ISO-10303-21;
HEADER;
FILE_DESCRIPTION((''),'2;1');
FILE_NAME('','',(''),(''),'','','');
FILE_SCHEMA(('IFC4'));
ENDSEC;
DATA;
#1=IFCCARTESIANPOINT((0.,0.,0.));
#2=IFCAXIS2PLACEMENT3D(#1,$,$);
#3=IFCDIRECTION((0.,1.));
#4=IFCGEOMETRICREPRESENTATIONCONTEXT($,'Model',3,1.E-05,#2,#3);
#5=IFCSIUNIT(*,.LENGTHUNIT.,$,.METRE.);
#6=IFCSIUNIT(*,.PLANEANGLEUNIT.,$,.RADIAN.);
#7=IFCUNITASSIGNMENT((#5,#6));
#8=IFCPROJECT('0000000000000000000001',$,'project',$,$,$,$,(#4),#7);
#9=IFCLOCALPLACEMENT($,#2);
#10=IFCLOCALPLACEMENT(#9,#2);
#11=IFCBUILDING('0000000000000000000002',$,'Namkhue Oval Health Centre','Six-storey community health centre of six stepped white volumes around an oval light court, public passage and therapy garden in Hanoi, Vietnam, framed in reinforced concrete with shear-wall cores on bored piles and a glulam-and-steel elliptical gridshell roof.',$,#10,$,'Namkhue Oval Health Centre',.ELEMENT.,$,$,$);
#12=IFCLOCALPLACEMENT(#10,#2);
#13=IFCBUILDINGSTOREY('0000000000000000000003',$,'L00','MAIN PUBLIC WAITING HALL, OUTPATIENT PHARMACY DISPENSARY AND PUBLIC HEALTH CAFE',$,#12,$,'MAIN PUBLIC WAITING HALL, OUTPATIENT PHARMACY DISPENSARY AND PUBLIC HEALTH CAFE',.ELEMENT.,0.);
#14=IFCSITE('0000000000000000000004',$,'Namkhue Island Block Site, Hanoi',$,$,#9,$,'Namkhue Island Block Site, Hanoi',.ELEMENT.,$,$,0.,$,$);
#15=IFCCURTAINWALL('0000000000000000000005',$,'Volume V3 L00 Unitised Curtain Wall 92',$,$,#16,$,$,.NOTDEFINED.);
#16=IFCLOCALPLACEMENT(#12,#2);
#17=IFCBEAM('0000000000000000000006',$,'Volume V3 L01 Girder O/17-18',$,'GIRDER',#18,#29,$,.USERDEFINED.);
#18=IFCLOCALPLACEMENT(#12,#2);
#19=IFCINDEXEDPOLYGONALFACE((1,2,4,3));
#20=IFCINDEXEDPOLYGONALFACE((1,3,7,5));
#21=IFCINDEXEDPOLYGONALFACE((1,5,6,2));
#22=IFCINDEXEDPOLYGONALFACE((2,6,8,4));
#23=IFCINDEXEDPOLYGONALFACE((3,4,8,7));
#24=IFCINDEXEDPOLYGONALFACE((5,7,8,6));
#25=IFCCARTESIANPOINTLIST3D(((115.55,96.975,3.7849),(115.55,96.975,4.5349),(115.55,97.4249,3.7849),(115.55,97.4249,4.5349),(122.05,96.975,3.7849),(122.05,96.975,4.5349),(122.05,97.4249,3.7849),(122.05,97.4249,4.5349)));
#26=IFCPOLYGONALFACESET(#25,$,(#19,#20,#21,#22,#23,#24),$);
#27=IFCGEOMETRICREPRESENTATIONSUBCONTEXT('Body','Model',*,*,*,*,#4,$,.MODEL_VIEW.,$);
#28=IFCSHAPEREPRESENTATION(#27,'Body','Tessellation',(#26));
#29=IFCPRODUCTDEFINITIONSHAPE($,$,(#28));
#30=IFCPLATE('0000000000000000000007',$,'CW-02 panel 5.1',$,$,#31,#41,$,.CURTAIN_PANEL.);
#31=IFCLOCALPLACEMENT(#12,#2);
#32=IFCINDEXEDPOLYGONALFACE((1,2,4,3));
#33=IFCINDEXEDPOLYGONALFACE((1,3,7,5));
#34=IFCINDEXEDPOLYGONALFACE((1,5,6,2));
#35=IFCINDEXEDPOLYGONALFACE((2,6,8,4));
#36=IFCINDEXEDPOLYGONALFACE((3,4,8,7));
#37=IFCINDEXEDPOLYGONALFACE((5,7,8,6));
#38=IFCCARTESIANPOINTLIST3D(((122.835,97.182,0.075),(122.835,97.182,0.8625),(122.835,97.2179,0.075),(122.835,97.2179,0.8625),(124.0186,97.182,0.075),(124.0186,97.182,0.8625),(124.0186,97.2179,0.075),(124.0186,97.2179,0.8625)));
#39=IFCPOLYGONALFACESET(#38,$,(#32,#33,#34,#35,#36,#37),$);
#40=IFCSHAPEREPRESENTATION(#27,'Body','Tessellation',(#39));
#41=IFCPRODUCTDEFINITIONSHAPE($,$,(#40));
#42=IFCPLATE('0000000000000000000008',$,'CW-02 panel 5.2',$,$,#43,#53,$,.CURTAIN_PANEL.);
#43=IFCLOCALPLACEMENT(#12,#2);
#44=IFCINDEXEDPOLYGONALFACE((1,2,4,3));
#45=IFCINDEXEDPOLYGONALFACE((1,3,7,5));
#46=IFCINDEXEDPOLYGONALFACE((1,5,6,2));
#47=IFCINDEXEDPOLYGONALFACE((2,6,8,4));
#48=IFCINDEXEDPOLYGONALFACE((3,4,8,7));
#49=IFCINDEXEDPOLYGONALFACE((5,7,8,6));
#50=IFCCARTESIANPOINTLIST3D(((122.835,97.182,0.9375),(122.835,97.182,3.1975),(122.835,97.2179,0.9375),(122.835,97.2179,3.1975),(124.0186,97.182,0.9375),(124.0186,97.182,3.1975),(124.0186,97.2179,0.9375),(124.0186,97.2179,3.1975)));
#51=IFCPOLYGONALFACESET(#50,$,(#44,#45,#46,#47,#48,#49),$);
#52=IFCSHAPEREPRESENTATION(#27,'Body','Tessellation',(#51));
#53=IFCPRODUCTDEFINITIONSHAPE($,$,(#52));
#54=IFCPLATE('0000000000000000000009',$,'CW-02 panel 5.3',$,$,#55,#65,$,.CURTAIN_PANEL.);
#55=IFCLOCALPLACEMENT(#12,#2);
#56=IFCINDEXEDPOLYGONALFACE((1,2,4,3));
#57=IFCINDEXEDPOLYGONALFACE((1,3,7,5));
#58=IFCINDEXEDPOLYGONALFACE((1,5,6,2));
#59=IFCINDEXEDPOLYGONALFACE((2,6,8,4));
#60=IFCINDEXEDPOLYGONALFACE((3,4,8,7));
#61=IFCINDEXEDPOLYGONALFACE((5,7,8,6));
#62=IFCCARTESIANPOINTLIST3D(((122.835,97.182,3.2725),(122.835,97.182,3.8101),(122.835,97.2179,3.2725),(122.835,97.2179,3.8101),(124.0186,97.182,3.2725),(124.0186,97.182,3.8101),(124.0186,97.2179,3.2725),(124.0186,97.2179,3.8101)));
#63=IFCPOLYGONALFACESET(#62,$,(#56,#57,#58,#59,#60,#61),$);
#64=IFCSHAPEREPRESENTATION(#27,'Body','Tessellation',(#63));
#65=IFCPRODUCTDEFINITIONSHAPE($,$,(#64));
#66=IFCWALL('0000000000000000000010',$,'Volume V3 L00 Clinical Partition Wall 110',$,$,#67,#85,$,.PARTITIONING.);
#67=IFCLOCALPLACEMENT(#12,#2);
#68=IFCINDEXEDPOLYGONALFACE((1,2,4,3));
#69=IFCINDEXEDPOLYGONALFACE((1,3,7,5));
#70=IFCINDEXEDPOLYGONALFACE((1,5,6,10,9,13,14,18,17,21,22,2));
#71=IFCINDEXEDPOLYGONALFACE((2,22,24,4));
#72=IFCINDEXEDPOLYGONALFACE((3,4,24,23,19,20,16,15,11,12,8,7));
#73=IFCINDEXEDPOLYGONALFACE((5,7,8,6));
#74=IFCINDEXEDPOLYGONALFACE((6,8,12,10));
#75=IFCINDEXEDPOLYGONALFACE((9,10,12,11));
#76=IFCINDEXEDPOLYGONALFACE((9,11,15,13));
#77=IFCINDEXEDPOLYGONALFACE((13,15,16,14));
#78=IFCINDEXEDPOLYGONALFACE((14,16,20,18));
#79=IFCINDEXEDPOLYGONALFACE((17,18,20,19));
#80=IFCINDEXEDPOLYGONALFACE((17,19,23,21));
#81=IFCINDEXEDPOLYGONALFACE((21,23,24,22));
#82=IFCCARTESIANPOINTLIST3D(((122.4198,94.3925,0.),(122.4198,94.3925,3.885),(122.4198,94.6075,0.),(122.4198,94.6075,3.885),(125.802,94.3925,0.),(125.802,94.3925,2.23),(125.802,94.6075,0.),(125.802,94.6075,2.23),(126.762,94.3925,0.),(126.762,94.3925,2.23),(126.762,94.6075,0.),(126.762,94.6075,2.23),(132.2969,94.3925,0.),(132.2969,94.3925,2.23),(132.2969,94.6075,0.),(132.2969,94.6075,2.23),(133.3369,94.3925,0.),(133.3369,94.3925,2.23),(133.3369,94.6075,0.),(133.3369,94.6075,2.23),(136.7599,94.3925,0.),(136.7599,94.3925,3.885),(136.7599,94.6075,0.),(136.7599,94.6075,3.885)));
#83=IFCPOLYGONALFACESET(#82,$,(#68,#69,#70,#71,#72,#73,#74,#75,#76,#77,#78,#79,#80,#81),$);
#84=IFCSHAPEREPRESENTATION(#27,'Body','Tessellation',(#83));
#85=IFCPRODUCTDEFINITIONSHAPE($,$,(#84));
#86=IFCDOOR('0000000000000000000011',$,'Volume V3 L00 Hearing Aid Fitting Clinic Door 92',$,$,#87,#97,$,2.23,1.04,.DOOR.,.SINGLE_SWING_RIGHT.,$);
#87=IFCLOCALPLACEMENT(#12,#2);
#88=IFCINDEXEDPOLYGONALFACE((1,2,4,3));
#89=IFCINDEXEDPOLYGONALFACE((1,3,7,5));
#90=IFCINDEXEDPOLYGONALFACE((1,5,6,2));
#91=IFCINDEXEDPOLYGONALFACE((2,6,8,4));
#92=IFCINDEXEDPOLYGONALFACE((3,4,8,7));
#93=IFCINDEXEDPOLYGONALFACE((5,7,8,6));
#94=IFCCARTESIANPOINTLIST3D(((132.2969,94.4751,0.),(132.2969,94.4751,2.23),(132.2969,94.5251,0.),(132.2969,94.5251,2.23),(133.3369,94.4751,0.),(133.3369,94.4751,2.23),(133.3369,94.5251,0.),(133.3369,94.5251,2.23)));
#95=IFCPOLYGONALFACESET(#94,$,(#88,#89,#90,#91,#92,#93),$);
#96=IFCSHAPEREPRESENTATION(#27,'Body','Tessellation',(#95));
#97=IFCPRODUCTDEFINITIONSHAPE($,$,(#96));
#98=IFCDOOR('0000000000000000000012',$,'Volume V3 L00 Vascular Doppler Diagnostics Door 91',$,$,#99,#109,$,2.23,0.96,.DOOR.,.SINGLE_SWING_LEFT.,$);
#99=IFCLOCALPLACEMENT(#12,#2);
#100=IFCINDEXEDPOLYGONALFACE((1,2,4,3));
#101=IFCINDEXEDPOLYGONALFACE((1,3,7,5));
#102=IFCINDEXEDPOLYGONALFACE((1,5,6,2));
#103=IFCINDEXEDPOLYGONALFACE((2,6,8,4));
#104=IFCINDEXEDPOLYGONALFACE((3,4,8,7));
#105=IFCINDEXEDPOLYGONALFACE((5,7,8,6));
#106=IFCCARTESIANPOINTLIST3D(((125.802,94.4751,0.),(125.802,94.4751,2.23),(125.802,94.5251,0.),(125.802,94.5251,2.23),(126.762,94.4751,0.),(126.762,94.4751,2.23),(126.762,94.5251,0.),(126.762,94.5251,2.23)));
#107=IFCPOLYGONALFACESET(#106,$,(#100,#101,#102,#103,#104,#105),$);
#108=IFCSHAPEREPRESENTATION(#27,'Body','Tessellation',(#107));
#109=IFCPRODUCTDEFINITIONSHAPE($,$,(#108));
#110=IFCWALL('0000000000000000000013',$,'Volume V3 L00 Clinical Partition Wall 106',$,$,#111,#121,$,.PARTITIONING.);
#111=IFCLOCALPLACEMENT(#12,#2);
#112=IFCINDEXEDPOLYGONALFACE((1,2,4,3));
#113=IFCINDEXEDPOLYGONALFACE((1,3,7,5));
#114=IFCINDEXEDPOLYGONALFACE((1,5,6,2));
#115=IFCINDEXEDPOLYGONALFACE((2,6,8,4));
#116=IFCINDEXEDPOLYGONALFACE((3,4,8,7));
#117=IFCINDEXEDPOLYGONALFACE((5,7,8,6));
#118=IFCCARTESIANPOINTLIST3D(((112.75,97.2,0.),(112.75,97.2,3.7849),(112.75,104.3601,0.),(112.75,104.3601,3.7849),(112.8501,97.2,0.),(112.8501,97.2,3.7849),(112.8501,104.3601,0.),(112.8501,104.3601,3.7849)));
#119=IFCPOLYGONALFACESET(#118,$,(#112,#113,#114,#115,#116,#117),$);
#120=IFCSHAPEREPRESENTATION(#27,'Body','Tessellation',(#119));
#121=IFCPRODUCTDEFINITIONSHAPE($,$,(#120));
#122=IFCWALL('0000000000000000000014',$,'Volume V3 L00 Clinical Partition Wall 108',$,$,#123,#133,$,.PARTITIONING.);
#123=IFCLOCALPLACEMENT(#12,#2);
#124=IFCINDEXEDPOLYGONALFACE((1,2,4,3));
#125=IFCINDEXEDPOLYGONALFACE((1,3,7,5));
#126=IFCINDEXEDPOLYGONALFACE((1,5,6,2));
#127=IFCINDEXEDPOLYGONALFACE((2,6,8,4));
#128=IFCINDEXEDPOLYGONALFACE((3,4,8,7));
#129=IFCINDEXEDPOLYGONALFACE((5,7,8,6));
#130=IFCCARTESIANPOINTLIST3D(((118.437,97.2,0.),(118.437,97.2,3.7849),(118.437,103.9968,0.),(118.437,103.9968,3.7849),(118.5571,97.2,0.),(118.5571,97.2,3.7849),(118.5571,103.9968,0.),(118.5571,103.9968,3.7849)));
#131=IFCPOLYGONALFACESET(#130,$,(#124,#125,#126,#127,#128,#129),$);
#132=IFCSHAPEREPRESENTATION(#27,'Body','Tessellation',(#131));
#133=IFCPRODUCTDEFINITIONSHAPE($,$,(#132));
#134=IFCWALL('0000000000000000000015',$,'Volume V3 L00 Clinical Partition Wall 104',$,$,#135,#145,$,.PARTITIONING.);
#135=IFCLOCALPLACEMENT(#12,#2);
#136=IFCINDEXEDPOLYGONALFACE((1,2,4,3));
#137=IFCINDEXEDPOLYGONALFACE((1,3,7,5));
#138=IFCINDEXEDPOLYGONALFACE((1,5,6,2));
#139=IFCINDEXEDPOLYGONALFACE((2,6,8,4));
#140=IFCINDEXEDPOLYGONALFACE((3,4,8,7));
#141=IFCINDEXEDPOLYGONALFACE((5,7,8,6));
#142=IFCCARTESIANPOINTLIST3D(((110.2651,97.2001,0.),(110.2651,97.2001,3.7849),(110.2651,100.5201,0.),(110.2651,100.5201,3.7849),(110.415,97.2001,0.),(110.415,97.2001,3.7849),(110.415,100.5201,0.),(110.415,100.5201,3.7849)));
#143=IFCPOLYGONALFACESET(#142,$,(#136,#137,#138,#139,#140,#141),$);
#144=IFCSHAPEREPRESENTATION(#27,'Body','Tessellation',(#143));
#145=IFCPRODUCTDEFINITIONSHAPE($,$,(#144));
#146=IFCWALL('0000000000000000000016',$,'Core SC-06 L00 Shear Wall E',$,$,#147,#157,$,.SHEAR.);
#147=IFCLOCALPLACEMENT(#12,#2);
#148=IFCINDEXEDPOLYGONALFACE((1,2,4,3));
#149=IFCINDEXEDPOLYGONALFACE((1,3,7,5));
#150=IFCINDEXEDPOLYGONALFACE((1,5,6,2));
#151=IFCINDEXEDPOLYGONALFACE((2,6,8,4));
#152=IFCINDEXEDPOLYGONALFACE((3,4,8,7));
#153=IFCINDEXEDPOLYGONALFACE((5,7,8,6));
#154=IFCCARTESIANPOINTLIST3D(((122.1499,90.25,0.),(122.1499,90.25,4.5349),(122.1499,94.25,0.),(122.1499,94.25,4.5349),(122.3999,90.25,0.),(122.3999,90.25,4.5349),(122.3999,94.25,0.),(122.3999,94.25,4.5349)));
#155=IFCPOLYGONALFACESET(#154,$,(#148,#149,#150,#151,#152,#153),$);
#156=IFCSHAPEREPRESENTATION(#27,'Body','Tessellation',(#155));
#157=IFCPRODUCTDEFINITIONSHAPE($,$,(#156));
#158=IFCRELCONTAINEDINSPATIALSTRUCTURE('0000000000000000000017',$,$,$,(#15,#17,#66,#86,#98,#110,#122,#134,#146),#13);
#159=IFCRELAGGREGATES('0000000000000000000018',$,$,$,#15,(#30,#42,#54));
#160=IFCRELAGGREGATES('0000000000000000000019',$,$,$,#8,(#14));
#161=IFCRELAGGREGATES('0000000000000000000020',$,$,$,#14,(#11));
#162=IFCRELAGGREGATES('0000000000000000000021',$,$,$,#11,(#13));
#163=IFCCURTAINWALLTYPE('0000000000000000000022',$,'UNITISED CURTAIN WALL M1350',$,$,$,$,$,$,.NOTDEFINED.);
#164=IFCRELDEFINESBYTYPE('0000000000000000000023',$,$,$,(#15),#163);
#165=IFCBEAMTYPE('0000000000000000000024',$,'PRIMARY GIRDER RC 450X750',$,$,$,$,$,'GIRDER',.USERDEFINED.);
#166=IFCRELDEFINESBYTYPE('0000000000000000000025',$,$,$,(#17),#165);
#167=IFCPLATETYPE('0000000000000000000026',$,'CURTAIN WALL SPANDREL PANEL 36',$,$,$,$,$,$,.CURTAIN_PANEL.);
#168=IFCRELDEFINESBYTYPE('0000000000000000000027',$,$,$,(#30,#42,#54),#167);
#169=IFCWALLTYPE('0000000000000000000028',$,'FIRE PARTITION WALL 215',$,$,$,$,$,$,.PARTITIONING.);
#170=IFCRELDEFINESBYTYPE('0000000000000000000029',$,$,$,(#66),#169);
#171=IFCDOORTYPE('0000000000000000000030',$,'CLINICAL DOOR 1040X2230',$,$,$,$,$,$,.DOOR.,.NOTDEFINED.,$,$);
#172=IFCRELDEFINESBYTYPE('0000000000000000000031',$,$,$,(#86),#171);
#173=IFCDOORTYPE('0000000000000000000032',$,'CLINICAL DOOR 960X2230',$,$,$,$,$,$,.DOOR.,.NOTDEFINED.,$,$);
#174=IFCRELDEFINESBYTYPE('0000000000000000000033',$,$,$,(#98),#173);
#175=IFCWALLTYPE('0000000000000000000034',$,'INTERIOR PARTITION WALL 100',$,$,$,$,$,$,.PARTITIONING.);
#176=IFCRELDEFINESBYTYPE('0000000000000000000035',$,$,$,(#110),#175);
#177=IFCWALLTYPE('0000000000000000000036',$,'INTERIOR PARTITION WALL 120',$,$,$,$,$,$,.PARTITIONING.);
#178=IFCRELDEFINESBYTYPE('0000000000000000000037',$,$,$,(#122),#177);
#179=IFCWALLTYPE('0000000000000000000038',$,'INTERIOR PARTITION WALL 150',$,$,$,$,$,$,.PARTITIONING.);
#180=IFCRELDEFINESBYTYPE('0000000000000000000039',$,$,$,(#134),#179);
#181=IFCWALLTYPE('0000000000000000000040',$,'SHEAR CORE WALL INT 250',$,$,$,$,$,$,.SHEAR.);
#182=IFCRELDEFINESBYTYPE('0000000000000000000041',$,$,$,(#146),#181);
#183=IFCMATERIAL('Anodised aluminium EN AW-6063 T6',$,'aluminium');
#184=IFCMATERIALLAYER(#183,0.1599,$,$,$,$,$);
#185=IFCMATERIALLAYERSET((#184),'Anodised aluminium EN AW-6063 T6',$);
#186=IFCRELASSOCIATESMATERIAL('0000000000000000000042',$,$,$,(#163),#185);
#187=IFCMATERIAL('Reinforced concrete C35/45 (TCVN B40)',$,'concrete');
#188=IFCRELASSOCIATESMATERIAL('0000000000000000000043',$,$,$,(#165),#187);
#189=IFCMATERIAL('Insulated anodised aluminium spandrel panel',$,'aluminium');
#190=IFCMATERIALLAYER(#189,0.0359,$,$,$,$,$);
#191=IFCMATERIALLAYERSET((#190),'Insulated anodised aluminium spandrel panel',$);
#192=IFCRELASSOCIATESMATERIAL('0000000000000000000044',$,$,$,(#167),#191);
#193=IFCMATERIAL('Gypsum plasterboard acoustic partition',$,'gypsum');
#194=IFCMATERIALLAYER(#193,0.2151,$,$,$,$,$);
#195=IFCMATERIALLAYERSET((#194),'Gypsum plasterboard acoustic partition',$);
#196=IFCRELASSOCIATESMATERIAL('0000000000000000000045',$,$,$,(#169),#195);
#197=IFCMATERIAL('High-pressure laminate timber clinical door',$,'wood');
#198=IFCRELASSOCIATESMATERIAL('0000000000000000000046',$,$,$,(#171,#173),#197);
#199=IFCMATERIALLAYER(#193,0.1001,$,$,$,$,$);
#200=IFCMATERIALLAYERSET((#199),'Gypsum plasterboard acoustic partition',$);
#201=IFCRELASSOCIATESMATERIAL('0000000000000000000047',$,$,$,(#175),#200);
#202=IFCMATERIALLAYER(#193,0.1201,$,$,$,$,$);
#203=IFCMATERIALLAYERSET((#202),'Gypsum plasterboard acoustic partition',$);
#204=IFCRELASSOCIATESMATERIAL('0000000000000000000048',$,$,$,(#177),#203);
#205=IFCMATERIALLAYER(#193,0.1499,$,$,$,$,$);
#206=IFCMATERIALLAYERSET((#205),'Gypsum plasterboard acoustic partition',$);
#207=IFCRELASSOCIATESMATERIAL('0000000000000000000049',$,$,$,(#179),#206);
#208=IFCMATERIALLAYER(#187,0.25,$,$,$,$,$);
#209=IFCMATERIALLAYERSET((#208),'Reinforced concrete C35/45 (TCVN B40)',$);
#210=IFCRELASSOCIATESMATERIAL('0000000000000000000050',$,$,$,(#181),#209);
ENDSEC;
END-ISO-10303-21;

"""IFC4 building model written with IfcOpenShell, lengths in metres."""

from ifc_helpers import new_model, si_unit, direction, frame, frame_2d, origin, origin_2d, place, context, subcontext, project, spatial, rectangle, extrude, material, layer, layer_set, material_profile, profile_set, type_object, element, fill, aggregate, save


model = new_model("IFC4")

# Units and contexts
model_context = context("Model", 3, precision=1e-05, world=origin(), true_north=direction((0.0, 1.0)))
body_context = subcontext(model_context, "Body", "Model", "MODEL_VIEW")
ifc_project = project(units=[si_unit("LENGTHUNIT", "METRE"), si_unit("PLANEANGLEUNIT", "RADIAN")], contexts=[model_context])

# Site, building, storey
site_placement = place(None, origin())
site = spatial("IfcSite", under=ifc_project, at=site_placement, Name="Namkhue Island Block Site, Hanoi", LongName="Namkhue Island Block Site, Hanoi", CompositionType="ELEMENT", RefElevation=0.0)
building_placement = place(site_placement, origin())
building = spatial("IfcBuilding", under=site, at=building_placement, Name="Namkhue Oval Health Centre", Description="Six-storey community health centre of six stepped white volumes around an oval light court, public passage and therapy garden in Hanoi, Vietnam, framed in reinforced concrete with shear-wall cores on bored piles and a glulam-and-steel elliptical gridshell roof.", LongName="Namkhue Oval Health Centre", CompositionType="ELEMENT")
storey_placement = place(building_placement, origin())
storey = spatial("IfcBuildingStorey", under=building, at=storey_placement, Name="L00", Description="MAIN PUBLIC WAITING HALL, OUTPATIENT PHARMACY DISPENSARY AND PUBLIC HEALTH CAFE", LongName="MAIN PUBLIC WAITING HALL, OUTPATIENT PHARMACY DISPENSARY AND PUBLIC HEALTH CAFE", CompositionType="ELEMENT", Elevation=0.0)

# Shared definitions
ifc_material_1 = material(Name="Reinforced concrete C35/45 (TCVN B40)", Category="concrete")

# Curtain wall
ifc_material_2 = material(Name="Anodised aluminium EN AW-6063 T6", Category="aluminium")
ifc_layer_1 = layer(ifc_material_2, 0.1599)
ifc_layer_set_1 = layer_set([ifc_layer_1], Name="Anodised aluminium EN AW-6063 T6")
curtain_wall_type = type_object("IfcCurtainWallType", Name="UNITISED CURTAIN WALL M1350", PredefinedType="NOTDEFINED", material=ifc_layer_set_1)
curtain_wall_placement = place(storey_placement, origin())
curtain_wall = element("IfcCurtainWall", 1, at=curtain_wall_placement, inside=storey, type_object=curtain_wall_type, Name="Volume V3 L00 Unitised Curtain Wall 92", PredefinedType="NOTDEFINED")

# Beam
ifc_material_profile_1 = material_profile(ifc_material_1, rectangle(XDim=0.45, YDim=0.75, at=origin_2d()), Name="RC 450x750")
ifc_profile_set_1 = profile_set([ifc_material_profile_1], Name="Reinforced concrete C35/45 (TCVN B40)")
beam_type_1 = type_object("IfcBeamType", Name="PRIMARY GIRDER RC 450X750", ElementType="GIRDER", PredefinedType="USERDEFINED", material=ifc_profile_set_1)
for number, where, z_axis, x_axis, name in (
    (2, (115.55, 97.2, 4.1599), (1.0, 0.0, 0.0), (0.0, 1.0, 0.0), "Volume V3 L01 Girder O/17-18"),
):
    element("IfcBeam", number, at=place(storey_placement, frame(where, z_axis=z_axis, x_axis=x_axis)), inside=storey, type_object=beam_type_1, Name=name, ObjectType="GIRDER", PredefinedType="USERDEFINED", context=body_context, shape_type="SweptSolid", body=[
        extrude(rectangle(XDim=0.45, YDim=0.75, at=origin_2d()), origin(), (0.0, 0.0, 1.0), 6.5),
    ])

# Plates
ifc_material_3 = material(Name="Insulated anodised aluminium spandrel panel", Category="aluminium")
ifc_layer_2 = layer(ifc_material_3, 0.0359)
ifc_layer_set_2 = layer_set([ifc_layer_2], Name="Insulated anodised aluminium spandrel panel")
plate_type = type_object("IfcPlateType", Name="CURTAIN WALL SPANDREL PANEL 36", PredefinedType="CURTAIN_PANEL", material=ifc_layer_set_2)
plate_1_placement = place(storey_placement, frame((123.4268, 97.2, 0.075), z_axis=(0.0, 0.0, 1.0), x_axis=(-1.0, 0.0, 0.0)))
plate_1 = element("IfcPlate", 3, at=plate_1_placement, type_object=plate_type, Name="CW-02 panel 5.1", PredefinedType="CURTAIN_PANEL", context=body_context, shape_type="SweptSolid", body=[
    extrude(rectangle(XDim=1.1836, YDim=0.0359, at=origin_2d()), origin(), (0.0, 0.0, 1.0), 0.7876),
])
plate_2_placement = place(storey_placement, frame((123.4268, 97.2, 0.9375), z_axis=(0.0, 0.0, 1.0), x_axis=(-1.0, 0.0, 0.0)))
plate_2 = element("IfcPlate", 4, at=plate_2_placement, type_object=plate_type, Name="CW-02 panel 5.2", PredefinedType="CURTAIN_PANEL", context=body_context, shape_type="SweptSolid", body=[
    extrude(rectangle(XDim=1.1836, YDim=0.0359, at=origin_2d()), origin(), (0.0, 0.0, 1.0), 2.26),
])
plate_3_placement = place(storey_placement, frame((123.4268, 97.2, 3.2725), z_axis=(0.0, 0.0, 1.0), x_axis=(-1.0, 0.0, 0.0)))
plate_3 = element("IfcPlate", 5, at=plate_3_placement, type_object=plate_type, Name="CW-02 panel 5.3", PredefinedType="CURTAIN_PANEL", context=body_context, shape_type="SweptSolid", body=[
    extrude(rectangle(XDim=1.1836, YDim=0.0359, at=origin_2d()), origin(), (0.0, 0.0, 1.0), 0.5376),
])
aggregate(curtain_wall, [plate_1, plate_2, plate_3])

# Wall, openings, doors
ifc_material_4 = material(Name="Gypsum plasterboard acoustic partition", Category="gypsum")
ifc_layer_3 = layer(ifc_material_4, 0.2151)
ifc_layer_set_3 = layer_set([ifc_layer_3], Name="Gypsum plasterboard acoustic partition")
wall_type_1 = type_object("IfcWallType", Name="FIRE PARTITION WALL 215", PredefinedType="PARTITIONING", material=ifc_layer_set_3)
wall_1_placement = place(storey_placement, frame((122.4199, 94.5, 0.0), z_axis=(0.0, 0.0, 1.0), x_axis=(1.0, 0.0, 0.0)))
wall_1 = element("IfcWall", 6, at=wall_1_placement, inside=storey, type_object=wall_type_1, Name="Volume V3 L00 Clinical Partition Wall 110", PredefinedType="PARTITIONING", context=body_context, shape_type="SweptSolid", body=[
    extrude(rectangle(XDim=14.3401, YDim=0.2151, at=frame_2d((7.1699, 0.0))), origin(), (0.0, 0.0, 1.0), 3.885),
])
opening_1_placement = place(wall_1_placement, frame((3.3821, 0.0, 0.0)))
opening_1 = element("IfcOpeningElement", 7, at=opening_1_placement, cuts=wall_1, PredefinedType="OPENING", context=body_context, shape_type="SweptSolid", body=[
    extrude(rectangle(XDim=0.96, YDim=2.23, at=frame_2d((0.48, 1.115))), frame((0.0, 0.1174, 0.0), z_axis=(0.0, -1.0, 0.0), x_axis=(1.0, 0.0, 0.0)), (0.0, 0.0, 1.0), 0.2351),
])
opening_2_placement = place(wall_1_placement, frame((9.877, 0.0, 0.0)))
opening_2 = element("IfcOpeningElement", 8, at=opening_2_placement, cuts=wall_1, PredefinedType="OPENING", context=body_context, shape_type="SweptSolid", body=[
    extrude(rectangle(XDim=1.04, YDim=2.23, at=frame_2d((0.52, 1.115))), frame((0.0, 0.1174, 0.0), z_axis=(0.0, -1.0, 0.0), x_axis=(1.0, 0.0, 0.0)), (0.0, 0.0, 1.0), 0.2351),
])
ifc_material_5 = material(Name="High-pressure laminate timber clinical door", Category="wood")
door_type_1 = type_object("IfcDoorType", Name="CLINICAL DOOR 1040X2230", OperationType="NOTDEFINED", PredefinedType="DOOR", material=ifc_material_5)
door_1_placement = place(opening_2_placement, frame((1.04, 0.0, 0.0), z_axis=(0.0, 0.0, 1.0), x_axis=(-1.0, 0.0, 0.0)))
door_1 = element("IfcDoor", 9, at=door_1_placement, inside=storey, type_object=door_type_1, Name="Volume V3 L00 Hearing Aid Fitting Clinic Door 92", OperationType="SINGLE_SWING_RIGHT", OverallHeight=2.23, OverallWidth=1.04, PredefinedType="DOOR", context=body_context, shape_type="SweptSolid", body=[
    extrude(rectangle(XDim=1.04, YDim=2.23, at=frame_2d((0.52, 1.115))), frame((0.0, 0.0249, 0.0), z_axis=(0.0, -1.0, 0.0), x_axis=(1.0, 0.0, 0.0)), (0.0, 0.0, 1.0), 0.05),
])
fill(opening_2, door_1)
door_type_2 = type_object("IfcDoorType", Name="CLINICAL DOOR 960X2230", OperationType="NOTDEFINED", PredefinedType="DOOR", material=ifc_material_5)
door_2_placement = place(opening_1_placement, frame((0.96, 0.0, 0.0), z_axis=(0.0, 0.0, 1.0), x_axis=(-1.0, 0.0, 0.0)))
door_2 = element("IfcDoor", 10, at=door_2_placement, inside=storey, type_object=door_type_2, Name="Volume V3 L00 Vascular Doppler Diagnostics Door 91", OperationType="SINGLE_SWING_LEFT", OverallHeight=2.23, OverallWidth=0.96, PredefinedType="DOOR", context=body_context, shape_type="SweptSolid", body=[
    extrude(rectangle(XDim=0.96, YDim=2.23, at=frame_2d((0.48, 1.115))), frame((0.0, 0.0249, 0.0), z_axis=(0.0, -1.0, 0.0), x_axis=(1.0, 0.0, 0.0)), (0.0, 0.0, 1.0), 0.05),
])
fill(opening_1, door_2)

# Walls
ifc_layer_4 = layer(ifc_material_4, 0.1001)
ifc_layer_set_4 = layer_set([ifc_layer_4], Name="Gypsum plasterboard acoustic partition")
wall_type_2 = type_object("IfcWallType", Name="INTERIOR PARTITION WALL 100", PredefinedType="PARTITIONING", material=ifc_layer_set_4)
wall_2_placement = place(storey_placement, frame((112.8, 97.2, 0.0), z_axis=(0.0, 0.0, 1.0), x_axis=(0.0, 1.0, 0.0)))
element("IfcWall", 11, at=wall_2_placement, inside=storey, type_object=wall_type_2, Name="Volume V3 L00 Clinical Partition Wall 106", PredefinedType="PARTITIONING", context=body_context, shape_type="SweptSolid", body=[
    extrude(rectangle(XDim=7.1602, YDim=0.1001, at=frame_2d((3.5801, 0.0))), origin(), (0.0, 0.0, 1.0), 3.7849),
])
ifc_layer_5 = layer(ifc_material_4, 0.1201)
ifc_layer_set_5 = layer_set([ifc_layer_5], Name="Gypsum plasterboard acoustic partition")
wall_type_3 = type_object("IfcWallType", Name="INTERIOR PARTITION WALL 120", PredefinedType="PARTITIONING", material=ifc_layer_set_5)
wall_3_placement = place(storey_placement, frame((118.4971, 97.2, 0.0), z_axis=(0.0, 0.0, 1.0), x_axis=(0.0, 1.0, 0.0)))
element("IfcWall", 12, at=wall_3_placement, inside=storey, type_object=wall_type_3, Name="Volume V3 L00 Clinical Partition Wall 108", PredefinedType="PARTITIONING", context=body_context, shape_type="SweptSolid", body=[
    extrude(rectangle(XDim=6.7969, YDim=0.1201, at=frame_2d((3.3984, 0.0))), origin(), (0.0, 0.0, 1.0), 3.7849),
])
ifc_layer_6 = layer(ifc_material_4, 0.1499)
ifc_layer_set_6 = layer_set([ifc_layer_6], Name="Gypsum plasterboard acoustic partition")
wall_type_4 = type_object("IfcWallType", Name="INTERIOR PARTITION WALL 150", PredefinedType="PARTITIONING", material=ifc_layer_set_6)
wall_4_placement = place(storey_placement, frame((110.3401, 97.2, 0.0), z_axis=(0.0, 0.0, 1.0), x_axis=(0.0, 1.0, 0.0)))
element("IfcWall", 13, at=wall_4_placement, inside=storey, type_object=wall_type_4, Name="Volume V3 L00 Clinical Partition Wall 104", PredefinedType="PARTITIONING", context=body_context, shape_type="SweptSolid", body=[
    extrude(rectangle(XDim=3.3201, YDim=0.1499, at=frame_2d((1.6602, 0.0))), origin(), (0.0, 0.0, 1.0), 3.7849),
])
ifc_layer_7 = layer(ifc_material_1, 0.25)
ifc_layer_set_7 = layer_set([ifc_layer_7], Name="Reinforced concrete C35/45 (TCVN B40)")
wall_type_5 = type_object("IfcWallType", Name="SHEAR CORE WALL INT 250", PredefinedType="SHEAR", material=ifc_layer_set_7)
wall_5_placement = place(storey_placement, frame((122.2749, 90.25, 0.0), z_axis=(0.0, 0.0, 1.0), x_axis=(0.0, 1.0, 0.0)))
element("IfcWall", 14, at=wall_5_placement, inside=storey, type_object=wall_type_5, Name="Core SC-06 L00 Shear Wall E", PredefinedType="SHEAR", context=body_context, shape_type="SweptSolid", body=[
    extrude(rectangle(XDim=4.0, YDim=0.25, at=frame_2d((2.0, 0.0))), origin(), (0.0, 0.0, 1.0), 4.5349),
])

save(model, "model.ifc")
